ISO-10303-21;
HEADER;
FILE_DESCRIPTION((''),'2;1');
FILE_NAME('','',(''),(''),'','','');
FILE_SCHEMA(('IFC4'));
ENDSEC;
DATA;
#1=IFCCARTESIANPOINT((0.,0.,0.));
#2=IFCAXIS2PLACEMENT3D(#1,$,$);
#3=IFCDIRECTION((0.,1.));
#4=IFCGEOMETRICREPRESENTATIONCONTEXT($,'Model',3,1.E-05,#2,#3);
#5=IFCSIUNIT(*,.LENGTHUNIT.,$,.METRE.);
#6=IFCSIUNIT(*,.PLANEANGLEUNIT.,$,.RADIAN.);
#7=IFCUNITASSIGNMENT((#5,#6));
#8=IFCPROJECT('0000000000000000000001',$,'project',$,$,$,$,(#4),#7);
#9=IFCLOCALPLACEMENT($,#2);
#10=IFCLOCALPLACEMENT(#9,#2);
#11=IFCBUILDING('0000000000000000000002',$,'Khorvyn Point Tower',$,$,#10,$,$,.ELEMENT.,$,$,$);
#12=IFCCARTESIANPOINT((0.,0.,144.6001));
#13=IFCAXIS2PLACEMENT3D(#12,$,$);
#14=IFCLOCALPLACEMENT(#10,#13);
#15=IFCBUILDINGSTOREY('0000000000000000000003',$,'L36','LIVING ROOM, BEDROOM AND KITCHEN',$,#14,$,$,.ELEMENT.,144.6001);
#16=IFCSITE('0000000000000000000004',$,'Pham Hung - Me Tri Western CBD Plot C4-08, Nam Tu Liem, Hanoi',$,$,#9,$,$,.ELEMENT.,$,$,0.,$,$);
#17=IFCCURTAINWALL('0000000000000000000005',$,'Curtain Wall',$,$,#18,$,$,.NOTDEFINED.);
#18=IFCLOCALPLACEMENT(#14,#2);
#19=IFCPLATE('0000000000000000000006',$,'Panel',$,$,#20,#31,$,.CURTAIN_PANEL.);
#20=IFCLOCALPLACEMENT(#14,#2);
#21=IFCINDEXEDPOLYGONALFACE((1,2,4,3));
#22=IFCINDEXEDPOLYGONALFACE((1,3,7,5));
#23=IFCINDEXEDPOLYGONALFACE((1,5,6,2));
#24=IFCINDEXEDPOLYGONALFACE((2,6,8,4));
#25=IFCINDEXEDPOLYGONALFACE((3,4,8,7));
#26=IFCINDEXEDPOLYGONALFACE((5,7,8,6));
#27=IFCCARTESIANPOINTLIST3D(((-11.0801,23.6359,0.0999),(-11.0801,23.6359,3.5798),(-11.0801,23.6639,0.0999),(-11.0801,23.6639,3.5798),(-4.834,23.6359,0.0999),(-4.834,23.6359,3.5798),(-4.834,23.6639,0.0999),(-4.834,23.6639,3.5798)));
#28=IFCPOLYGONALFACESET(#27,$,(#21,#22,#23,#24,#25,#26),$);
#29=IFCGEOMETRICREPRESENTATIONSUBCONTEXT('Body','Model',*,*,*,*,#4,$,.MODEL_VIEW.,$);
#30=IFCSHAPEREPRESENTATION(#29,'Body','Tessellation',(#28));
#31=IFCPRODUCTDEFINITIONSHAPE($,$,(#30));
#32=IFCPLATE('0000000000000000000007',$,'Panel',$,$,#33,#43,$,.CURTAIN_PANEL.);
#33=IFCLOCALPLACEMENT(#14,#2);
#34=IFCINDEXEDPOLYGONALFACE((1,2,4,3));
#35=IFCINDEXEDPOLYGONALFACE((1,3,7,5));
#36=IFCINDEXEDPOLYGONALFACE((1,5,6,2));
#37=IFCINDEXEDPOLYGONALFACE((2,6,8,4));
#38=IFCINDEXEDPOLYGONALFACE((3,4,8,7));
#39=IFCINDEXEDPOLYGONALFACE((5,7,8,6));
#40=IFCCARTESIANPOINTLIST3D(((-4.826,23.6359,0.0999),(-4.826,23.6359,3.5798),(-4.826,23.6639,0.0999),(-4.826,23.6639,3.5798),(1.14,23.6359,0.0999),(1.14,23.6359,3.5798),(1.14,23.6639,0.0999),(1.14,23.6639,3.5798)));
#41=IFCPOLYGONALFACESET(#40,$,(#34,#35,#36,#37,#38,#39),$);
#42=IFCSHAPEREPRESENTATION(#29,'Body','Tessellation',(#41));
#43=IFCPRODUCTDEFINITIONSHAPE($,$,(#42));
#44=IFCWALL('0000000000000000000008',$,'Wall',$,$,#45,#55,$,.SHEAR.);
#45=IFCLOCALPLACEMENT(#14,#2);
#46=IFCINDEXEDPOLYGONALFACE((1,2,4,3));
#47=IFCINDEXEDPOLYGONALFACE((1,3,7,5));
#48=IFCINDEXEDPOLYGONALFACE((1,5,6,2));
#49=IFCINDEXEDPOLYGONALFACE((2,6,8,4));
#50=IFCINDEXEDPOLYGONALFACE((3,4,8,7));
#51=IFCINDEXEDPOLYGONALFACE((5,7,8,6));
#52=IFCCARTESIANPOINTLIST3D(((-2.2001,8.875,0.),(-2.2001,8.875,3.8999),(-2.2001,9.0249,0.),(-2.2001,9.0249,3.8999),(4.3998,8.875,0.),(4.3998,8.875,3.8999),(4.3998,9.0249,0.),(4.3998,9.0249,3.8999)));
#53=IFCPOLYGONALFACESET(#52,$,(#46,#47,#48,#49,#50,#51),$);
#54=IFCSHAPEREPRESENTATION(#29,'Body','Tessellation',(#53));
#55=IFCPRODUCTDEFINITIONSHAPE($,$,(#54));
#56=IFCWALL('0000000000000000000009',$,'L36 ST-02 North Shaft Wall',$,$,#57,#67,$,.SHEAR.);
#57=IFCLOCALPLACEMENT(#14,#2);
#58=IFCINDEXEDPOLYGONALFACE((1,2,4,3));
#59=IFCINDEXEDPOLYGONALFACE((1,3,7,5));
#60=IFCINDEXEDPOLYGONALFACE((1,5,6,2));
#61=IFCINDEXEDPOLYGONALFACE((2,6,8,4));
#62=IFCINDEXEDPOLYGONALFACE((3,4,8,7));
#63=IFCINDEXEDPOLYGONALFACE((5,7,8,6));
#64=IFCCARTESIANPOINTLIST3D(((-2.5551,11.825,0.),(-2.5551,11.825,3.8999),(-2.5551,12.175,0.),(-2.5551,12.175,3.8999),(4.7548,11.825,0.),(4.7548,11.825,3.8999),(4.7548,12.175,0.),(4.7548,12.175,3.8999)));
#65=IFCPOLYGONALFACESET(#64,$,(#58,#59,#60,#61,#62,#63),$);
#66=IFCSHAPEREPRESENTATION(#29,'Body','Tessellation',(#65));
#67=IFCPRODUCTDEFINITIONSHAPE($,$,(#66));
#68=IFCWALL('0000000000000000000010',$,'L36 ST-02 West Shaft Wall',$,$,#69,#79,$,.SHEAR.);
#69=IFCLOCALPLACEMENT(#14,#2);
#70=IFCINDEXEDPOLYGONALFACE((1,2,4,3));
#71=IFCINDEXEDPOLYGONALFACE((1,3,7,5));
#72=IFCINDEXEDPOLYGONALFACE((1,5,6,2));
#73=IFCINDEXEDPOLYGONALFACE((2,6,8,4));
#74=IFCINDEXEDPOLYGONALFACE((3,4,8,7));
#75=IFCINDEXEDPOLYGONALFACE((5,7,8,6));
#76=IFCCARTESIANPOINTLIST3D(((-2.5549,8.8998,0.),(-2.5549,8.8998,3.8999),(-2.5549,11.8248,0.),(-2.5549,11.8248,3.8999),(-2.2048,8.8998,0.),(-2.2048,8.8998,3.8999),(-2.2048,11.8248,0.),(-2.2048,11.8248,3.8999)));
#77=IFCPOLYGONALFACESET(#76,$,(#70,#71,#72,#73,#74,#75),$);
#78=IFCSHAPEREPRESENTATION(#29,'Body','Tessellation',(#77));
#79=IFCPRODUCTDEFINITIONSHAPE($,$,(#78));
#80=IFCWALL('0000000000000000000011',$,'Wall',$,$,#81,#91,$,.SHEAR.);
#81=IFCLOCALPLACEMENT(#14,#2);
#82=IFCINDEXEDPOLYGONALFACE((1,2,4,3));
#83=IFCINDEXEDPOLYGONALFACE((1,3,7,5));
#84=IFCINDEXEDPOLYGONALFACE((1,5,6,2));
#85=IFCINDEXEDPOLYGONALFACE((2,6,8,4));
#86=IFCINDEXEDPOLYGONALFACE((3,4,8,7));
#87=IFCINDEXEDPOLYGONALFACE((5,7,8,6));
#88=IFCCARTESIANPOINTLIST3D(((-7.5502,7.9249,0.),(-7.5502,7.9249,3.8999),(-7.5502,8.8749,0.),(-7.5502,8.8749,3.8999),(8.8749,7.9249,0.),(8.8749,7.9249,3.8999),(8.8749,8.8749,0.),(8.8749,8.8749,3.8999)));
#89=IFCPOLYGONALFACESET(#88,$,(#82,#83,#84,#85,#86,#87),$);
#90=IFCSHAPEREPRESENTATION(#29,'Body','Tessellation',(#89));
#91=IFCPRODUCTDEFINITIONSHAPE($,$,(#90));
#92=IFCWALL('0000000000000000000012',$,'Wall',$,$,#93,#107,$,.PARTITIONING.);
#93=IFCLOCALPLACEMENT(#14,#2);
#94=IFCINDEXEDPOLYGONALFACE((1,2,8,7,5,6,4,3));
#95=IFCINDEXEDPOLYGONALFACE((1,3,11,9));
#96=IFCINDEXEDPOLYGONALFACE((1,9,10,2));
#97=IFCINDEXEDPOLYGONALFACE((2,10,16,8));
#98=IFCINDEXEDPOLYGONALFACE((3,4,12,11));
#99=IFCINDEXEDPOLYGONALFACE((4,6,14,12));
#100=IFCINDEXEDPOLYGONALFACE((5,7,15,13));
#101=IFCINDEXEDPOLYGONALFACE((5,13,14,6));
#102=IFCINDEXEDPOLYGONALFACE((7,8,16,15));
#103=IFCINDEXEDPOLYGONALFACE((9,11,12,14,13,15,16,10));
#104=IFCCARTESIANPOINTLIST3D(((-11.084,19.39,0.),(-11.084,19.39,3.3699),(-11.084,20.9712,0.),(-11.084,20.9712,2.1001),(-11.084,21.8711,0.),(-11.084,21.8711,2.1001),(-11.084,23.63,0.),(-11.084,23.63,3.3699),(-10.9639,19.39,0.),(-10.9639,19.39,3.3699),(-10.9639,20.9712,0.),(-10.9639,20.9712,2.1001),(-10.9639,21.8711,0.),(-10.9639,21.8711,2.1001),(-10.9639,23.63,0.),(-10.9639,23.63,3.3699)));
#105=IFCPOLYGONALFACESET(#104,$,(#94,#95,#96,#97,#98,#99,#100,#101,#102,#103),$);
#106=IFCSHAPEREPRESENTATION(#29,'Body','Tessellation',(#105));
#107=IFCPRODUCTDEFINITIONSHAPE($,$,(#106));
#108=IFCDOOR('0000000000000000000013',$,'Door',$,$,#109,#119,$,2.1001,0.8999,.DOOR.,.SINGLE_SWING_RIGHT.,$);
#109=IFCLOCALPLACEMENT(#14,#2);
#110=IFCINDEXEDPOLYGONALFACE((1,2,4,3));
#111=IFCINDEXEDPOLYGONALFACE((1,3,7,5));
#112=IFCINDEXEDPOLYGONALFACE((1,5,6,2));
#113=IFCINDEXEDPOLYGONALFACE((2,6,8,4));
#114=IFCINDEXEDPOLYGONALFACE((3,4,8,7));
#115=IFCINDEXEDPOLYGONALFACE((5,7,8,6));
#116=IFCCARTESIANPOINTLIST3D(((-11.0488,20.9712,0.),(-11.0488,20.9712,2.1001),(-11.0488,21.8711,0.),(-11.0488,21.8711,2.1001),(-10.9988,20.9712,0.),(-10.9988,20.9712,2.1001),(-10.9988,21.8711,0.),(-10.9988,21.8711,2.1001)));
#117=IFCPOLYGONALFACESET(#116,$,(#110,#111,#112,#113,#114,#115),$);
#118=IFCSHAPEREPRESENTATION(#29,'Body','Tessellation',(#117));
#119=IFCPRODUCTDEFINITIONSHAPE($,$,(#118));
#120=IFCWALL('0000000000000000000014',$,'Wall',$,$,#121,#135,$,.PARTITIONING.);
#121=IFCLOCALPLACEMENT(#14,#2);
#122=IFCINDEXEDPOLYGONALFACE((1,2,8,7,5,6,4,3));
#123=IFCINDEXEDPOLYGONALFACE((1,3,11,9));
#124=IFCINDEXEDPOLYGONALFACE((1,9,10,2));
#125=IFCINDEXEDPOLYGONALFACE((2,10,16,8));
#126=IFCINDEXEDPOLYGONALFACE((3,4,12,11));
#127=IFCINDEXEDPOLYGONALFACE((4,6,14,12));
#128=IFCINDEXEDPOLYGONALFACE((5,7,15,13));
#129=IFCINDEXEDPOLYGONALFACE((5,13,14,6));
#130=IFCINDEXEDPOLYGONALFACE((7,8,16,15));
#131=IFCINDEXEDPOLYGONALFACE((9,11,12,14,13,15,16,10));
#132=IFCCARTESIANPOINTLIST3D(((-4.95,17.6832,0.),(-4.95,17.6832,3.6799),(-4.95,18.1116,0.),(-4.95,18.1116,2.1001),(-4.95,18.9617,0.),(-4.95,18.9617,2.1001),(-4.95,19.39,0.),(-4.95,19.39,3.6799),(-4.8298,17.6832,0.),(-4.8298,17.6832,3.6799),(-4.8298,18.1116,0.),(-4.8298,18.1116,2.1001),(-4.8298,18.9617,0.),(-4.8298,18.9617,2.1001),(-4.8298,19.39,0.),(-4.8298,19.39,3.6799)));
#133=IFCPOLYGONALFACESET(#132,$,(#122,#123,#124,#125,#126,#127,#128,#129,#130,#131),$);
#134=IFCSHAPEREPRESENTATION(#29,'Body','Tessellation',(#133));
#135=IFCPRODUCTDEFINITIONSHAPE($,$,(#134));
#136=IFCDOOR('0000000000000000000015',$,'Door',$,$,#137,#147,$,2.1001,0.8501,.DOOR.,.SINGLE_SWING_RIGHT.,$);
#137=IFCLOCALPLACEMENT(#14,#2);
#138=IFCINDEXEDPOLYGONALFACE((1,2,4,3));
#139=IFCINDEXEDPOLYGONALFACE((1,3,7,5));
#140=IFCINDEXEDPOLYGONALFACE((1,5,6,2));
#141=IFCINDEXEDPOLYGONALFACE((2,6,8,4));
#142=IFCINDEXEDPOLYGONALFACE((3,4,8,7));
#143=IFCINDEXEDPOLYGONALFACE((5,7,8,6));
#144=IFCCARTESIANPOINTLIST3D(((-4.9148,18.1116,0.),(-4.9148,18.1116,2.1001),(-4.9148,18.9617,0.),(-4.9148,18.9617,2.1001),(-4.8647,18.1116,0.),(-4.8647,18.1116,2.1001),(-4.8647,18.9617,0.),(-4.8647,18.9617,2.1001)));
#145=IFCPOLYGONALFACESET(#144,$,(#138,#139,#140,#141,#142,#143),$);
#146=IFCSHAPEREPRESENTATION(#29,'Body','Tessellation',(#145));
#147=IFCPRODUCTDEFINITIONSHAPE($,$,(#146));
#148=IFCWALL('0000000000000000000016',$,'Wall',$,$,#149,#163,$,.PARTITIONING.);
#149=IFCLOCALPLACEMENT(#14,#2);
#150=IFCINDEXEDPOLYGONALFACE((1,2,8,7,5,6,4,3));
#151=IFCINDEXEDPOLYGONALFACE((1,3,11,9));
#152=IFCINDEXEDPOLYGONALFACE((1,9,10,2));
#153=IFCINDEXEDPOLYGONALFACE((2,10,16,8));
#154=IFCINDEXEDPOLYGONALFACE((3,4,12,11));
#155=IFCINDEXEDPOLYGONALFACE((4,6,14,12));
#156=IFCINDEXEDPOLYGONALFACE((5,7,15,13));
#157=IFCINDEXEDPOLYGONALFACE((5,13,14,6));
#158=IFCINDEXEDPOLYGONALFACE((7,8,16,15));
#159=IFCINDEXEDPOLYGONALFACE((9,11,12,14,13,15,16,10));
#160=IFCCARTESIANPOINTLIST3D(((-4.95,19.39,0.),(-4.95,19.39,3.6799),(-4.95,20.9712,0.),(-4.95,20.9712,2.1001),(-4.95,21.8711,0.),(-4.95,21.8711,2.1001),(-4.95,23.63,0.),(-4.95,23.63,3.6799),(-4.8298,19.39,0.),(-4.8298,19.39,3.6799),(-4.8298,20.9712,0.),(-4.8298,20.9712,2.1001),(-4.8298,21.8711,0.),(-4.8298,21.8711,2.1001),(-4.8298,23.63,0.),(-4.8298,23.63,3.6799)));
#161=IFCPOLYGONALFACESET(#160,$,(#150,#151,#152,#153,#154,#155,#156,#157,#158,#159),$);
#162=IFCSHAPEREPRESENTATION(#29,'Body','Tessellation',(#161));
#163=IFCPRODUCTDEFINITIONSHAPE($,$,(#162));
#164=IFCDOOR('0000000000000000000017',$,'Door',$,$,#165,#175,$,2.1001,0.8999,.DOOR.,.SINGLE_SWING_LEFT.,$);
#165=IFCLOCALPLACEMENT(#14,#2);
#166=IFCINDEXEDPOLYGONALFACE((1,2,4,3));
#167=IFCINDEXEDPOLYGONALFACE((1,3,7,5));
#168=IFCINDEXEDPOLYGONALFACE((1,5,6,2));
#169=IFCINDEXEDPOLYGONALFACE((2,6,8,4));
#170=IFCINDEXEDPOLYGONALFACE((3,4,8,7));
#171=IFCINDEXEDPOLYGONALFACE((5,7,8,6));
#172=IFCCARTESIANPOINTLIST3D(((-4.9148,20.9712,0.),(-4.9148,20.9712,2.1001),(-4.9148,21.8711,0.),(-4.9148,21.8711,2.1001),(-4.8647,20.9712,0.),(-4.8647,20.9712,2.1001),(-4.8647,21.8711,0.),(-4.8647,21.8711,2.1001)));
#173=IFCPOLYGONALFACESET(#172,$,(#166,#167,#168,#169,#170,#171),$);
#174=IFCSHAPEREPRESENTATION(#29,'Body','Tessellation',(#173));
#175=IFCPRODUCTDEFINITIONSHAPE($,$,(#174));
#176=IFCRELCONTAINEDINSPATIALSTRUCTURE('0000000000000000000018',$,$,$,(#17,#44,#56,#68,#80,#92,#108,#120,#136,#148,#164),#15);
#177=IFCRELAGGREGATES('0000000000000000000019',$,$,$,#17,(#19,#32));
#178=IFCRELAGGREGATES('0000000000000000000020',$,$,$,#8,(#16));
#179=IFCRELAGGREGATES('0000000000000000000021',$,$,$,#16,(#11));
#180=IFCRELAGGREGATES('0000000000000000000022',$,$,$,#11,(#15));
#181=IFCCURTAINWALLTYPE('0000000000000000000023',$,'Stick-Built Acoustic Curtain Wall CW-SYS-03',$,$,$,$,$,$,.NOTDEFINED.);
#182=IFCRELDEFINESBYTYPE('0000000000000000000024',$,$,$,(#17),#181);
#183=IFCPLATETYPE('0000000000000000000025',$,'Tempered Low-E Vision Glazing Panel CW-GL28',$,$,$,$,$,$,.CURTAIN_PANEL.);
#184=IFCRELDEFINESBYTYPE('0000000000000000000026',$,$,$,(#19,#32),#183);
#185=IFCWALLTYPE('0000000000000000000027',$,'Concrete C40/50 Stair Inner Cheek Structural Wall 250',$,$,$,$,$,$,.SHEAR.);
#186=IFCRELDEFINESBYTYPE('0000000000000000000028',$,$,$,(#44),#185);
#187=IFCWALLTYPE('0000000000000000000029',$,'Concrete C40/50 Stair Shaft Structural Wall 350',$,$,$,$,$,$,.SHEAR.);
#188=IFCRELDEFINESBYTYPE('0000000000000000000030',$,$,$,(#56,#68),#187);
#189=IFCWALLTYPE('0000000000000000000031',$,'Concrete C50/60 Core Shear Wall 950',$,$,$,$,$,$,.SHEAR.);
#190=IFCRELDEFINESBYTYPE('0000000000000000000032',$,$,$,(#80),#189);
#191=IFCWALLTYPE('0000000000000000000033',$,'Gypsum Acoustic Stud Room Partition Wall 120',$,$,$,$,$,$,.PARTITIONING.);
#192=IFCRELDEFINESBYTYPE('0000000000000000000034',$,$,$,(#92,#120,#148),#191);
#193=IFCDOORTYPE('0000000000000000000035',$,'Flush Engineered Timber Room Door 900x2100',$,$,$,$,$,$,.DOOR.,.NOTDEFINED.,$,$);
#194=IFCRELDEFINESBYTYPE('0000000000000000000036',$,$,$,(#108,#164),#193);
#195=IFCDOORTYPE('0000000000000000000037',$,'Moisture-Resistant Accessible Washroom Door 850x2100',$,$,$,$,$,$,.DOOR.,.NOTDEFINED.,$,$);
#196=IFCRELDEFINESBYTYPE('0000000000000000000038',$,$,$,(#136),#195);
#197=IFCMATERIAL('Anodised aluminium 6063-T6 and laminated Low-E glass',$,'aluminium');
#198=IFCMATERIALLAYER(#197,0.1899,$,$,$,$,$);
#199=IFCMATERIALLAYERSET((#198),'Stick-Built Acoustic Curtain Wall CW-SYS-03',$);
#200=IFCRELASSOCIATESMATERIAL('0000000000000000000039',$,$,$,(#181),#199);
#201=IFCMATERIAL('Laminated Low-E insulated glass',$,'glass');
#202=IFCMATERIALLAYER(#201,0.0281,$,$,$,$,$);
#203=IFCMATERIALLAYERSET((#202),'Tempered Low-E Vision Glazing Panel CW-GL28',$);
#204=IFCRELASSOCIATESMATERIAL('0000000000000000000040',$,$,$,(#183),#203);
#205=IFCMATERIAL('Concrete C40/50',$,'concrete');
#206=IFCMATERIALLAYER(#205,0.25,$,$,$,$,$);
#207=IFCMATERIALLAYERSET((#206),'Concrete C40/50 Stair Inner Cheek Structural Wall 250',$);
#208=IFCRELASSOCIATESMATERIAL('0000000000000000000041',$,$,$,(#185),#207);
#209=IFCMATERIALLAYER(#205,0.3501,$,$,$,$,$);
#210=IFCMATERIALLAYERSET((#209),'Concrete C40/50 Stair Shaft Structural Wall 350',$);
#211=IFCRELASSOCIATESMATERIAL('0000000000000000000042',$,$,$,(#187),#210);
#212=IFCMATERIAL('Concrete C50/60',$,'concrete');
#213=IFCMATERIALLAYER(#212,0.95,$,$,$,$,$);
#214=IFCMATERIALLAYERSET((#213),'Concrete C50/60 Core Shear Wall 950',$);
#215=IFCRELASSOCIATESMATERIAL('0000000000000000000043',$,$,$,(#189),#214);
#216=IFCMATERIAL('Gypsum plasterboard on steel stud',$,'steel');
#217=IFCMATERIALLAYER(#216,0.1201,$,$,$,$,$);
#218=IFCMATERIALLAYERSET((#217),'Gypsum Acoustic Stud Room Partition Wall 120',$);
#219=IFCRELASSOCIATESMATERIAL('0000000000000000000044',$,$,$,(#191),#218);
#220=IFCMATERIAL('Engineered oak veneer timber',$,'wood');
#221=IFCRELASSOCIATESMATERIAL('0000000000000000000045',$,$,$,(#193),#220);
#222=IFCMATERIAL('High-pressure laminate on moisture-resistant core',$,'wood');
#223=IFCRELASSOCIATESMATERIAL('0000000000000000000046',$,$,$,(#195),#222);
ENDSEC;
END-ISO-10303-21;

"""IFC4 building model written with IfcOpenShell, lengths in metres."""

from ifc_helpers import new_model, si_unit, direction, frame, frame_2d, origin, origin_2d, place, context, subcontext, project, spatial, rectangle, extrude, material, layer, layer_set, type_object, element, fill, aggregate, save


model = new_model("IFC4")

# Units and contexts
model_context = context("Model", 3, precision=1e-05, world=origin(), true_north=direction((0.0, 1.0)))
body_context = subcontext(model_context, "Body", "Model", "MODEL_VIEW")
ifc_project = project(units=[si_unit("LENGTHUNIT", "METRE"), si_unit("PLANEANGLEUNIT", "RADIAN")], contexts=[model_context])

# Site, building, storey
site_placement = place(None, origin())
site = spatial("IfcSite", under=ifc_project, at=site_placement, Name="Pham Hung - Me Tri Western CBD Plot C4-08, Nam Tu Liem, Hanoi", CompositionType="ELEMENT", RefElevation=0.0)
building_placement = place(site_placement, origin())
building = spatial("IfcBuilding", under=site, at=building_placement, Name="Khorvyn Point Tower", CompositionType="ELEMENT")
storey_placement = place(building_placement, frame((0.0, 0.0, 144.6001)))
storey = spatial("IfcBuildingStorey", under=building, at=storey_placement, Name="L36", Description="LIVING ROOM, BEDROOM AND KITCHEN", CompositionType="ELEMENT", Elevation=144.6001)

# Shared definitions
ifc_material_1 = material(Name="Concrete C50/60", Category="concrete")

# Curtain wall, plates
ifc_material_2 = material(Name="Anodised aluminium 6063-T6 and laminated Low-E glass", Category="aluminium")
ifc_layer_1 = layer(ifc_material_2, 0.1899)
ifc_layer_set_1 = layer_set([ifc_layer_1], Name="Stick-Built Acoustic Curtain Wall CW-SYS-03")
curtain_wall_type = type_object("IfcCurtainWallType", Name="Stick-Built Acoustic Curtain Wall CW-SYS-03", PredefinedType="NOTDEFINED", material=ifc_layer_set_1)
curtain_wall_placement = place(storey_placement, origin())
curtain_wall = element("IfcCurtainWall", 1, at=curtain_wall_placement, inside=storey, type_object=curtain_wall_type, Name="Curtain Wall", PredefinedType="NOTDEFINED")
ifc_material_3 = material(Name="Laminated Low-E insulated glass", Category="glass")
ifc_layer_2 = layer(ifc_material_3, 0.0281)
ifc_layer_set_2 = layer_set([ifc_layer_2], Name="Tempered Low-E Vision Glazing Panel CW-GL28")
plate_type = type_object("IfcPlateType", Name="Tempered Low-E Vision Glazing Panel CW-GL28", PredefinedType="CURTAIN_PANEL", material=ifc_layer_set_2)
plate_1_placement = place(storey_placement, frame((-7.957, 23.6499, 0.0999), z_axis=(0.0, 0.0, 1.0), x_axis=(1.0, 0.0, 0.0)))
plate_1 = element("IfcPlate", 2, at=plate_1_placement, type_object=plate_type, Name="Panel", PredefinedType="CURTAIN_PANEL", context=body_context, shape_type="SweptSolid", body=[
    extrude(rectangle(XDim=6.2461, YDim=0.0281, at=origin_2d()), origin(), (0.0, 0.0, 1.0), 3.48),
])
plate_2_placement = place(storey_placement, frame((-1.843, 23.6499, 0.0999), z_axis=(0.0, 0.0, 1.0), x_axis=(1.0, 0.0, 0.0)))
plate_2 = element("IfcPlate", 3, at=plate_2_placement, type_object=plate_type, Name="Panel", PredefinedType="CURTAIN_PANEL", context=body_context, shape_type="SweptSolid", body=[
    extrude(rectangle(XDim=5.9661, YDim=0.0281, at=origin_2d()), origin(), (0.0, 0.0, 1.0), 3.48),
])
aggregate(curtain_wall, [plate_1, plate_2])

# Walls
ifc_material_4 = material(Name="Concrete C40/50", Category="concrete")
ifc_layer_3 = layer(ifc_material_4, 0.25)
ifc_layer_set_3 = layer_set([ifc_layer_3], Name="Concrete C40/50 Stair Inner Cheek Structural Wall 250")
wall_type_1 = type_object("IfcWallType", Name="Concrete C40/50 Stair Inner Cheek Structural Wall 250", PredefinedType="SHEAR", material=ifc_layer_set_3)
wall_1_placement = place(storey_placement, frame((-2.2, 8.95, 0.0), z_axis=(0.0, 0.0, 1.0), x_axis=(1.0, 0.0, 0.0)))
element("IfcWall", 4, at=wall_1_placement, inside=storey, type_object=wall_type_1, Name="Wall", PredefinedType="SHEAR", context=body_context, shape_type="SweptSolid", body=[
    extrude(rectangle(XDim=6.5999, YDim=0.1499, at=frame_2d((3.2998, 0.0))), origin(), (0.0, 0.0, 1.0), 3.8999),
])
ifc_layer_4 = layer(ifc_material_4, 0.3501)
ifc_layer_set_4 = layer_set([ifc_layer_4], Name="Concrete C40/50 Stair Shaft Structural Wall 350")
wall_type_2 = type_object("IfcWallType", Name="Concrete C40/50 Stair Shaft Structural Wall 350", PredefinedType="SHEAR", material=ifc_layer_set_4)
wall_2_placement = place(storey_placement, frame((-2.5549, 12.0, 0.0), z_axis=(0.0, 0.0, 1.0), x_axis=(1.0, 0.0, 0.0)))
element("IfcWall", 5, at=wall_2_placement, inside=storey, type_object=wall_type_2, Name="L36 ST-02 North Shaft Wall", PredefinedType="SHEAR", context=body_context, shape_type="SweptSolid", body=[
    extrude(rectangle(XDim=7.3098, YDim=0.3501, at=frame_2d((3.6548, 0.0))), origin(), (0.0, 0.0, 1.0), 3.8999),
])
wall_3_placement = place(storey_placement, frame((-2.3799, 8.8999, 0.0), z_axis=(0.0, 0.0, 1.0), x_axis=(0.0, 1.0, 0.0)))
element("IfcWall", 6, at=wall_3_placement, inside=storey, type_object=wall_type_2, Name="L36 ST-02 West Shaft Wall", PredefinedType="SHEAR", context=body_context, shape_type="SweptSolid", body=[
    extrude(rectangle(XDim=2.925, YDim=0.3501, at=frame_2d((1.4624, 0.0))), origin(), (0.0, 0.0, 1.0), 3.8999),
])
ifc_layer_5 = layer(ifc_material_1, 0.95)
ifc_layer_set_5 = layer_set([ifc_layer_5], Name="Concrete C50/60 Core Shear Wall 950")
wall_type_3 = type_object("IfcWallType", Name="Concrete C50/60 Core Shear Wall 950", PredefinedType="SHEAR", material=ifc_layer_set_5)
wall_4_placement = place(storey_placement, frame((-7.55, 8.3999, 0.0), z_axis=(0.0, 0.0, 1.0), x_axis=(1.0, 0.0, 0.0)))
element("IfcWall", 7, at=wall_4_placement, inside=storey, type_object=wall_type_3, Name="Wall", PredefinedType="SHEAR", context=body_context, shape_type="SweptSolid", body=[
    extrude(rectangle(XDim=16.425, YDim=0.95, at=frame_2d((8.2124, 0.0))), origin(), (0.0, 0.0, 1.0), 3.8999),
])

# Walls, openings, doors
ifc_material_5 = material(Name="Gypsum plasterboard on steel stud", Category="steel")
ifc_layer_6 = layer(ifc_material_5, 0.1201)
ifc_layer_set_6 = layer_set([ifc_layer_6], Name="Gypsum Acoustic Stud Room Partition Wall 120")
wall_type_4 = type_object("IfcWallType", Name="Gypsum Acoustic Stud Room Partition Wall 120", PredefinedType="PARTITIONING", material=ifc_layer_set_6)
wall_5_placement = place(storey_placement, frame((-11.0239, 19.3899, 0.0), z_axis=(0.0, 0.0, 1.0), x_axis=(0.0, 1.0, 0.0)))
wall_5 = element("IfcWall", 8, at=wall_5_placement, inside=storey, type_object=wall_type_4, Name="Wall", PredefinedType="PARTITIONING", context=body_context, shape_type="SweptSolid", body=[
    extrude(rectangle(XDim=4.24, YDim=0.1201, at=frame_2d((2.1201, 0.0))), origin(), (0.0, 0.0, 1.0), 3.3699),
])
opening_1_placement = place(wall_5_placement, frame((1.5813, 0.0, 0.0)))
opening_1 = element("IfcOpeningElement", 9, at=opening_1_placement, cuts=wall_5, PredefinedType="OPENING", context=body_context, shape_type="SweptSolid", body=[
    extrude(rectangle(XDim=0.8999, YDim=2.1001, at=frame_2d((0.45, 1.05))), frame((0.0, 0.0701, 0.0), z_axis=(0.0, -1.0, 0.0), x_axis=(1.0, 0.0, 0.0)), (0.0, 0.0, 1.0), 0.1401),
])
ifc_material_6 = material(Name="Engineered oak veneer timber", Category="wood")
door_type_1 = type_object("IfcDoorType", Name="Flush Engineered Timber Room Door 900x2100", OperationType="NOTDEFINED", PredefinedType="DOOR", material=ifc_material_6)
door_1_placement = place(opening_1_placement, origin())
door_1 = element("IfcDoor", 10, at=door_1_placement, inside=storey, type_object=door_type_1, Name="Door", OperationType="SINGLE_SWING_RIGHT", OverallHeight=2.1001, OverallWidth=0.8999, PredefinedType="DOOR", context=body_context, shape_type="SweptSolid", body=[
    extrude(rectangle(XDim=0.8999, YDim=2.1001, at=frame_2d((0.45, 1.05))), frame((0.0, 0.0249, 0.0), z_axis=(0.0, -1.0, 0.0), x_axis=(1.0, 0.0, 0.0)), (0.0, 0.0, 1.0), 0.05),
])
fill(opening_1, door_1)
wall_6_placement = place(storey_placement, frame((-4.8899, 17.6831, 0.0), z_axis=(0.0, 0.0, 1.0), x_axis=(0.0, 1.0, 0.0)))
wall_6 = element("IfcWall", 11, at=wall_6_placement, inside=storey, type_object=wall_type_4, Name="Wall", PredefinedType="PARTITIONING", context=body_context, shape_type="SweptSolid", body=[
    extrude(rectangle(XDim=1.7068, YDim=0.1201, at=frame_2d((0.8535, 0.0))), origin(), (0.0, 0.0, 1.0), 3.6799),
])
opening_2_placement = place(wall_6_placement, frame((0.4285, 0.0, 0.0)))
opening_2 = element("IfcOpeningElement", 12, at=opening_2_placement, cuts=wall_6, PredefinedType="OPENING", context=body_context, shape_type="SweptSolid", body=[
    extrude(rectangle(XDim=0.8501, YDim=2.1001, at=frame_2d((0.425, 1.05))), frame((0.0, 0.0701, 0.0), z_axis=(0.0, -1.0, 0.0), x_axis=(1.0, 0.0, 0.0)), (0.0, 0.0, 1.0), 0.1401),
])
ifc_material_7 = material(Name="High-pressure laminate on moisture-resistant core", Category="wood")
door_type_2 = type_object("IfcDoorType", Name="Moisture-Resistant Accessible Washroom Door 850x2100", OperationType="NOTDEFINED", PredefinedType="DOOR", material=ifc_material_7)
door_2_placement = place(opening_2_placement, origin())
door_2 = element("IfcDoor", 13, at=door_2_placement, inside=storey, type_object=door_type_2, Name="Door", OperationType="SINGLE_SWING_RIGHT", OverallHeight=2.1001, OverallWidth=0.8501, PredefinedType="DOOR", context=body_context, shape_type="SweptSolid", body=[
    extrude(rectangle(XDim=0.8501, YDim=2.1001, at=frame_2d((0.425, 1.05))), frame((0.0, 0.0249, 0.0), z_axis=(0.0, -1.0, 0.0), x_axis=(1.0, 0.0, 0.0)), (0.0, 0.0, 1.0), 0.05),
])
fill(opening_2, door_2)
wall_7_placement = place(storey_placement, frame((-4.8899, 19.3899, 0.0), z_axis=(0.0, 0.0, 1.0), x_axis=(0.0, 1.0, 0.0)))
wall_7 = element("IfcWall", 14, at=wall_7_placement, inside=storey, type_object=wall_type_4, Name="Wall", PredefinedType="PARTITIONING", context=body_context, shape_type="SweptSolid", body=[
    extrude(rectangle(XDim=4.24, YDim=0.1201, at=frame_2d((2.1201, 0.0))), origin(), (0.0, 0.0, 1.0), 3.6799),
])
opening_3_placement = place(wall_7_placement, frame((1.5813, 0.0, 0.0)))
opening_3 = element("IfcOpeningElement", 15, at=opening_3_placement, cuts=wall_7, PredefinedType="OPENING", context=body_context, shape_type="SweptSolid", body=[
    extrude(rectangle(XDim=0.8999, YDim=2.1001, at=frame_2d((0.45, 1.05))), frame((0.0, 0.0701, 0.0), z_axis=(0.0, -1.0, 0.0), x_axis=(1.0, 0.0, 0.0)), (0.0, 0.0, 1.0), 0.1401),
])
door_3_placement = place(opening_3_placement, origin())
door_3 = element("IfcDoor", 16, at=door_3_placement, inside=storey, type_object=door_type_1, Name="Door", OperationType="SINGLE_SWING_LEFT", OverallHeight=2.1001, OverallWidth=0.8999, PredefinedType="DOOR", context=body_context, shape_type="SweptSolid", body=[
    extrude(rectangle(XDim=0.8999, YDim=2.1001, at=frame_2d((0.45, 1.05))), frame((0.0, 0.0249, 0.0), z_axis=(0.0, -1.0, 0.0), x_axis=(1.0, 0.0, 0.0)), (0.0, 0.0, 1.0), 0.05),
])
fill(opening_3, door_3)

save(model, "model.ifc")
